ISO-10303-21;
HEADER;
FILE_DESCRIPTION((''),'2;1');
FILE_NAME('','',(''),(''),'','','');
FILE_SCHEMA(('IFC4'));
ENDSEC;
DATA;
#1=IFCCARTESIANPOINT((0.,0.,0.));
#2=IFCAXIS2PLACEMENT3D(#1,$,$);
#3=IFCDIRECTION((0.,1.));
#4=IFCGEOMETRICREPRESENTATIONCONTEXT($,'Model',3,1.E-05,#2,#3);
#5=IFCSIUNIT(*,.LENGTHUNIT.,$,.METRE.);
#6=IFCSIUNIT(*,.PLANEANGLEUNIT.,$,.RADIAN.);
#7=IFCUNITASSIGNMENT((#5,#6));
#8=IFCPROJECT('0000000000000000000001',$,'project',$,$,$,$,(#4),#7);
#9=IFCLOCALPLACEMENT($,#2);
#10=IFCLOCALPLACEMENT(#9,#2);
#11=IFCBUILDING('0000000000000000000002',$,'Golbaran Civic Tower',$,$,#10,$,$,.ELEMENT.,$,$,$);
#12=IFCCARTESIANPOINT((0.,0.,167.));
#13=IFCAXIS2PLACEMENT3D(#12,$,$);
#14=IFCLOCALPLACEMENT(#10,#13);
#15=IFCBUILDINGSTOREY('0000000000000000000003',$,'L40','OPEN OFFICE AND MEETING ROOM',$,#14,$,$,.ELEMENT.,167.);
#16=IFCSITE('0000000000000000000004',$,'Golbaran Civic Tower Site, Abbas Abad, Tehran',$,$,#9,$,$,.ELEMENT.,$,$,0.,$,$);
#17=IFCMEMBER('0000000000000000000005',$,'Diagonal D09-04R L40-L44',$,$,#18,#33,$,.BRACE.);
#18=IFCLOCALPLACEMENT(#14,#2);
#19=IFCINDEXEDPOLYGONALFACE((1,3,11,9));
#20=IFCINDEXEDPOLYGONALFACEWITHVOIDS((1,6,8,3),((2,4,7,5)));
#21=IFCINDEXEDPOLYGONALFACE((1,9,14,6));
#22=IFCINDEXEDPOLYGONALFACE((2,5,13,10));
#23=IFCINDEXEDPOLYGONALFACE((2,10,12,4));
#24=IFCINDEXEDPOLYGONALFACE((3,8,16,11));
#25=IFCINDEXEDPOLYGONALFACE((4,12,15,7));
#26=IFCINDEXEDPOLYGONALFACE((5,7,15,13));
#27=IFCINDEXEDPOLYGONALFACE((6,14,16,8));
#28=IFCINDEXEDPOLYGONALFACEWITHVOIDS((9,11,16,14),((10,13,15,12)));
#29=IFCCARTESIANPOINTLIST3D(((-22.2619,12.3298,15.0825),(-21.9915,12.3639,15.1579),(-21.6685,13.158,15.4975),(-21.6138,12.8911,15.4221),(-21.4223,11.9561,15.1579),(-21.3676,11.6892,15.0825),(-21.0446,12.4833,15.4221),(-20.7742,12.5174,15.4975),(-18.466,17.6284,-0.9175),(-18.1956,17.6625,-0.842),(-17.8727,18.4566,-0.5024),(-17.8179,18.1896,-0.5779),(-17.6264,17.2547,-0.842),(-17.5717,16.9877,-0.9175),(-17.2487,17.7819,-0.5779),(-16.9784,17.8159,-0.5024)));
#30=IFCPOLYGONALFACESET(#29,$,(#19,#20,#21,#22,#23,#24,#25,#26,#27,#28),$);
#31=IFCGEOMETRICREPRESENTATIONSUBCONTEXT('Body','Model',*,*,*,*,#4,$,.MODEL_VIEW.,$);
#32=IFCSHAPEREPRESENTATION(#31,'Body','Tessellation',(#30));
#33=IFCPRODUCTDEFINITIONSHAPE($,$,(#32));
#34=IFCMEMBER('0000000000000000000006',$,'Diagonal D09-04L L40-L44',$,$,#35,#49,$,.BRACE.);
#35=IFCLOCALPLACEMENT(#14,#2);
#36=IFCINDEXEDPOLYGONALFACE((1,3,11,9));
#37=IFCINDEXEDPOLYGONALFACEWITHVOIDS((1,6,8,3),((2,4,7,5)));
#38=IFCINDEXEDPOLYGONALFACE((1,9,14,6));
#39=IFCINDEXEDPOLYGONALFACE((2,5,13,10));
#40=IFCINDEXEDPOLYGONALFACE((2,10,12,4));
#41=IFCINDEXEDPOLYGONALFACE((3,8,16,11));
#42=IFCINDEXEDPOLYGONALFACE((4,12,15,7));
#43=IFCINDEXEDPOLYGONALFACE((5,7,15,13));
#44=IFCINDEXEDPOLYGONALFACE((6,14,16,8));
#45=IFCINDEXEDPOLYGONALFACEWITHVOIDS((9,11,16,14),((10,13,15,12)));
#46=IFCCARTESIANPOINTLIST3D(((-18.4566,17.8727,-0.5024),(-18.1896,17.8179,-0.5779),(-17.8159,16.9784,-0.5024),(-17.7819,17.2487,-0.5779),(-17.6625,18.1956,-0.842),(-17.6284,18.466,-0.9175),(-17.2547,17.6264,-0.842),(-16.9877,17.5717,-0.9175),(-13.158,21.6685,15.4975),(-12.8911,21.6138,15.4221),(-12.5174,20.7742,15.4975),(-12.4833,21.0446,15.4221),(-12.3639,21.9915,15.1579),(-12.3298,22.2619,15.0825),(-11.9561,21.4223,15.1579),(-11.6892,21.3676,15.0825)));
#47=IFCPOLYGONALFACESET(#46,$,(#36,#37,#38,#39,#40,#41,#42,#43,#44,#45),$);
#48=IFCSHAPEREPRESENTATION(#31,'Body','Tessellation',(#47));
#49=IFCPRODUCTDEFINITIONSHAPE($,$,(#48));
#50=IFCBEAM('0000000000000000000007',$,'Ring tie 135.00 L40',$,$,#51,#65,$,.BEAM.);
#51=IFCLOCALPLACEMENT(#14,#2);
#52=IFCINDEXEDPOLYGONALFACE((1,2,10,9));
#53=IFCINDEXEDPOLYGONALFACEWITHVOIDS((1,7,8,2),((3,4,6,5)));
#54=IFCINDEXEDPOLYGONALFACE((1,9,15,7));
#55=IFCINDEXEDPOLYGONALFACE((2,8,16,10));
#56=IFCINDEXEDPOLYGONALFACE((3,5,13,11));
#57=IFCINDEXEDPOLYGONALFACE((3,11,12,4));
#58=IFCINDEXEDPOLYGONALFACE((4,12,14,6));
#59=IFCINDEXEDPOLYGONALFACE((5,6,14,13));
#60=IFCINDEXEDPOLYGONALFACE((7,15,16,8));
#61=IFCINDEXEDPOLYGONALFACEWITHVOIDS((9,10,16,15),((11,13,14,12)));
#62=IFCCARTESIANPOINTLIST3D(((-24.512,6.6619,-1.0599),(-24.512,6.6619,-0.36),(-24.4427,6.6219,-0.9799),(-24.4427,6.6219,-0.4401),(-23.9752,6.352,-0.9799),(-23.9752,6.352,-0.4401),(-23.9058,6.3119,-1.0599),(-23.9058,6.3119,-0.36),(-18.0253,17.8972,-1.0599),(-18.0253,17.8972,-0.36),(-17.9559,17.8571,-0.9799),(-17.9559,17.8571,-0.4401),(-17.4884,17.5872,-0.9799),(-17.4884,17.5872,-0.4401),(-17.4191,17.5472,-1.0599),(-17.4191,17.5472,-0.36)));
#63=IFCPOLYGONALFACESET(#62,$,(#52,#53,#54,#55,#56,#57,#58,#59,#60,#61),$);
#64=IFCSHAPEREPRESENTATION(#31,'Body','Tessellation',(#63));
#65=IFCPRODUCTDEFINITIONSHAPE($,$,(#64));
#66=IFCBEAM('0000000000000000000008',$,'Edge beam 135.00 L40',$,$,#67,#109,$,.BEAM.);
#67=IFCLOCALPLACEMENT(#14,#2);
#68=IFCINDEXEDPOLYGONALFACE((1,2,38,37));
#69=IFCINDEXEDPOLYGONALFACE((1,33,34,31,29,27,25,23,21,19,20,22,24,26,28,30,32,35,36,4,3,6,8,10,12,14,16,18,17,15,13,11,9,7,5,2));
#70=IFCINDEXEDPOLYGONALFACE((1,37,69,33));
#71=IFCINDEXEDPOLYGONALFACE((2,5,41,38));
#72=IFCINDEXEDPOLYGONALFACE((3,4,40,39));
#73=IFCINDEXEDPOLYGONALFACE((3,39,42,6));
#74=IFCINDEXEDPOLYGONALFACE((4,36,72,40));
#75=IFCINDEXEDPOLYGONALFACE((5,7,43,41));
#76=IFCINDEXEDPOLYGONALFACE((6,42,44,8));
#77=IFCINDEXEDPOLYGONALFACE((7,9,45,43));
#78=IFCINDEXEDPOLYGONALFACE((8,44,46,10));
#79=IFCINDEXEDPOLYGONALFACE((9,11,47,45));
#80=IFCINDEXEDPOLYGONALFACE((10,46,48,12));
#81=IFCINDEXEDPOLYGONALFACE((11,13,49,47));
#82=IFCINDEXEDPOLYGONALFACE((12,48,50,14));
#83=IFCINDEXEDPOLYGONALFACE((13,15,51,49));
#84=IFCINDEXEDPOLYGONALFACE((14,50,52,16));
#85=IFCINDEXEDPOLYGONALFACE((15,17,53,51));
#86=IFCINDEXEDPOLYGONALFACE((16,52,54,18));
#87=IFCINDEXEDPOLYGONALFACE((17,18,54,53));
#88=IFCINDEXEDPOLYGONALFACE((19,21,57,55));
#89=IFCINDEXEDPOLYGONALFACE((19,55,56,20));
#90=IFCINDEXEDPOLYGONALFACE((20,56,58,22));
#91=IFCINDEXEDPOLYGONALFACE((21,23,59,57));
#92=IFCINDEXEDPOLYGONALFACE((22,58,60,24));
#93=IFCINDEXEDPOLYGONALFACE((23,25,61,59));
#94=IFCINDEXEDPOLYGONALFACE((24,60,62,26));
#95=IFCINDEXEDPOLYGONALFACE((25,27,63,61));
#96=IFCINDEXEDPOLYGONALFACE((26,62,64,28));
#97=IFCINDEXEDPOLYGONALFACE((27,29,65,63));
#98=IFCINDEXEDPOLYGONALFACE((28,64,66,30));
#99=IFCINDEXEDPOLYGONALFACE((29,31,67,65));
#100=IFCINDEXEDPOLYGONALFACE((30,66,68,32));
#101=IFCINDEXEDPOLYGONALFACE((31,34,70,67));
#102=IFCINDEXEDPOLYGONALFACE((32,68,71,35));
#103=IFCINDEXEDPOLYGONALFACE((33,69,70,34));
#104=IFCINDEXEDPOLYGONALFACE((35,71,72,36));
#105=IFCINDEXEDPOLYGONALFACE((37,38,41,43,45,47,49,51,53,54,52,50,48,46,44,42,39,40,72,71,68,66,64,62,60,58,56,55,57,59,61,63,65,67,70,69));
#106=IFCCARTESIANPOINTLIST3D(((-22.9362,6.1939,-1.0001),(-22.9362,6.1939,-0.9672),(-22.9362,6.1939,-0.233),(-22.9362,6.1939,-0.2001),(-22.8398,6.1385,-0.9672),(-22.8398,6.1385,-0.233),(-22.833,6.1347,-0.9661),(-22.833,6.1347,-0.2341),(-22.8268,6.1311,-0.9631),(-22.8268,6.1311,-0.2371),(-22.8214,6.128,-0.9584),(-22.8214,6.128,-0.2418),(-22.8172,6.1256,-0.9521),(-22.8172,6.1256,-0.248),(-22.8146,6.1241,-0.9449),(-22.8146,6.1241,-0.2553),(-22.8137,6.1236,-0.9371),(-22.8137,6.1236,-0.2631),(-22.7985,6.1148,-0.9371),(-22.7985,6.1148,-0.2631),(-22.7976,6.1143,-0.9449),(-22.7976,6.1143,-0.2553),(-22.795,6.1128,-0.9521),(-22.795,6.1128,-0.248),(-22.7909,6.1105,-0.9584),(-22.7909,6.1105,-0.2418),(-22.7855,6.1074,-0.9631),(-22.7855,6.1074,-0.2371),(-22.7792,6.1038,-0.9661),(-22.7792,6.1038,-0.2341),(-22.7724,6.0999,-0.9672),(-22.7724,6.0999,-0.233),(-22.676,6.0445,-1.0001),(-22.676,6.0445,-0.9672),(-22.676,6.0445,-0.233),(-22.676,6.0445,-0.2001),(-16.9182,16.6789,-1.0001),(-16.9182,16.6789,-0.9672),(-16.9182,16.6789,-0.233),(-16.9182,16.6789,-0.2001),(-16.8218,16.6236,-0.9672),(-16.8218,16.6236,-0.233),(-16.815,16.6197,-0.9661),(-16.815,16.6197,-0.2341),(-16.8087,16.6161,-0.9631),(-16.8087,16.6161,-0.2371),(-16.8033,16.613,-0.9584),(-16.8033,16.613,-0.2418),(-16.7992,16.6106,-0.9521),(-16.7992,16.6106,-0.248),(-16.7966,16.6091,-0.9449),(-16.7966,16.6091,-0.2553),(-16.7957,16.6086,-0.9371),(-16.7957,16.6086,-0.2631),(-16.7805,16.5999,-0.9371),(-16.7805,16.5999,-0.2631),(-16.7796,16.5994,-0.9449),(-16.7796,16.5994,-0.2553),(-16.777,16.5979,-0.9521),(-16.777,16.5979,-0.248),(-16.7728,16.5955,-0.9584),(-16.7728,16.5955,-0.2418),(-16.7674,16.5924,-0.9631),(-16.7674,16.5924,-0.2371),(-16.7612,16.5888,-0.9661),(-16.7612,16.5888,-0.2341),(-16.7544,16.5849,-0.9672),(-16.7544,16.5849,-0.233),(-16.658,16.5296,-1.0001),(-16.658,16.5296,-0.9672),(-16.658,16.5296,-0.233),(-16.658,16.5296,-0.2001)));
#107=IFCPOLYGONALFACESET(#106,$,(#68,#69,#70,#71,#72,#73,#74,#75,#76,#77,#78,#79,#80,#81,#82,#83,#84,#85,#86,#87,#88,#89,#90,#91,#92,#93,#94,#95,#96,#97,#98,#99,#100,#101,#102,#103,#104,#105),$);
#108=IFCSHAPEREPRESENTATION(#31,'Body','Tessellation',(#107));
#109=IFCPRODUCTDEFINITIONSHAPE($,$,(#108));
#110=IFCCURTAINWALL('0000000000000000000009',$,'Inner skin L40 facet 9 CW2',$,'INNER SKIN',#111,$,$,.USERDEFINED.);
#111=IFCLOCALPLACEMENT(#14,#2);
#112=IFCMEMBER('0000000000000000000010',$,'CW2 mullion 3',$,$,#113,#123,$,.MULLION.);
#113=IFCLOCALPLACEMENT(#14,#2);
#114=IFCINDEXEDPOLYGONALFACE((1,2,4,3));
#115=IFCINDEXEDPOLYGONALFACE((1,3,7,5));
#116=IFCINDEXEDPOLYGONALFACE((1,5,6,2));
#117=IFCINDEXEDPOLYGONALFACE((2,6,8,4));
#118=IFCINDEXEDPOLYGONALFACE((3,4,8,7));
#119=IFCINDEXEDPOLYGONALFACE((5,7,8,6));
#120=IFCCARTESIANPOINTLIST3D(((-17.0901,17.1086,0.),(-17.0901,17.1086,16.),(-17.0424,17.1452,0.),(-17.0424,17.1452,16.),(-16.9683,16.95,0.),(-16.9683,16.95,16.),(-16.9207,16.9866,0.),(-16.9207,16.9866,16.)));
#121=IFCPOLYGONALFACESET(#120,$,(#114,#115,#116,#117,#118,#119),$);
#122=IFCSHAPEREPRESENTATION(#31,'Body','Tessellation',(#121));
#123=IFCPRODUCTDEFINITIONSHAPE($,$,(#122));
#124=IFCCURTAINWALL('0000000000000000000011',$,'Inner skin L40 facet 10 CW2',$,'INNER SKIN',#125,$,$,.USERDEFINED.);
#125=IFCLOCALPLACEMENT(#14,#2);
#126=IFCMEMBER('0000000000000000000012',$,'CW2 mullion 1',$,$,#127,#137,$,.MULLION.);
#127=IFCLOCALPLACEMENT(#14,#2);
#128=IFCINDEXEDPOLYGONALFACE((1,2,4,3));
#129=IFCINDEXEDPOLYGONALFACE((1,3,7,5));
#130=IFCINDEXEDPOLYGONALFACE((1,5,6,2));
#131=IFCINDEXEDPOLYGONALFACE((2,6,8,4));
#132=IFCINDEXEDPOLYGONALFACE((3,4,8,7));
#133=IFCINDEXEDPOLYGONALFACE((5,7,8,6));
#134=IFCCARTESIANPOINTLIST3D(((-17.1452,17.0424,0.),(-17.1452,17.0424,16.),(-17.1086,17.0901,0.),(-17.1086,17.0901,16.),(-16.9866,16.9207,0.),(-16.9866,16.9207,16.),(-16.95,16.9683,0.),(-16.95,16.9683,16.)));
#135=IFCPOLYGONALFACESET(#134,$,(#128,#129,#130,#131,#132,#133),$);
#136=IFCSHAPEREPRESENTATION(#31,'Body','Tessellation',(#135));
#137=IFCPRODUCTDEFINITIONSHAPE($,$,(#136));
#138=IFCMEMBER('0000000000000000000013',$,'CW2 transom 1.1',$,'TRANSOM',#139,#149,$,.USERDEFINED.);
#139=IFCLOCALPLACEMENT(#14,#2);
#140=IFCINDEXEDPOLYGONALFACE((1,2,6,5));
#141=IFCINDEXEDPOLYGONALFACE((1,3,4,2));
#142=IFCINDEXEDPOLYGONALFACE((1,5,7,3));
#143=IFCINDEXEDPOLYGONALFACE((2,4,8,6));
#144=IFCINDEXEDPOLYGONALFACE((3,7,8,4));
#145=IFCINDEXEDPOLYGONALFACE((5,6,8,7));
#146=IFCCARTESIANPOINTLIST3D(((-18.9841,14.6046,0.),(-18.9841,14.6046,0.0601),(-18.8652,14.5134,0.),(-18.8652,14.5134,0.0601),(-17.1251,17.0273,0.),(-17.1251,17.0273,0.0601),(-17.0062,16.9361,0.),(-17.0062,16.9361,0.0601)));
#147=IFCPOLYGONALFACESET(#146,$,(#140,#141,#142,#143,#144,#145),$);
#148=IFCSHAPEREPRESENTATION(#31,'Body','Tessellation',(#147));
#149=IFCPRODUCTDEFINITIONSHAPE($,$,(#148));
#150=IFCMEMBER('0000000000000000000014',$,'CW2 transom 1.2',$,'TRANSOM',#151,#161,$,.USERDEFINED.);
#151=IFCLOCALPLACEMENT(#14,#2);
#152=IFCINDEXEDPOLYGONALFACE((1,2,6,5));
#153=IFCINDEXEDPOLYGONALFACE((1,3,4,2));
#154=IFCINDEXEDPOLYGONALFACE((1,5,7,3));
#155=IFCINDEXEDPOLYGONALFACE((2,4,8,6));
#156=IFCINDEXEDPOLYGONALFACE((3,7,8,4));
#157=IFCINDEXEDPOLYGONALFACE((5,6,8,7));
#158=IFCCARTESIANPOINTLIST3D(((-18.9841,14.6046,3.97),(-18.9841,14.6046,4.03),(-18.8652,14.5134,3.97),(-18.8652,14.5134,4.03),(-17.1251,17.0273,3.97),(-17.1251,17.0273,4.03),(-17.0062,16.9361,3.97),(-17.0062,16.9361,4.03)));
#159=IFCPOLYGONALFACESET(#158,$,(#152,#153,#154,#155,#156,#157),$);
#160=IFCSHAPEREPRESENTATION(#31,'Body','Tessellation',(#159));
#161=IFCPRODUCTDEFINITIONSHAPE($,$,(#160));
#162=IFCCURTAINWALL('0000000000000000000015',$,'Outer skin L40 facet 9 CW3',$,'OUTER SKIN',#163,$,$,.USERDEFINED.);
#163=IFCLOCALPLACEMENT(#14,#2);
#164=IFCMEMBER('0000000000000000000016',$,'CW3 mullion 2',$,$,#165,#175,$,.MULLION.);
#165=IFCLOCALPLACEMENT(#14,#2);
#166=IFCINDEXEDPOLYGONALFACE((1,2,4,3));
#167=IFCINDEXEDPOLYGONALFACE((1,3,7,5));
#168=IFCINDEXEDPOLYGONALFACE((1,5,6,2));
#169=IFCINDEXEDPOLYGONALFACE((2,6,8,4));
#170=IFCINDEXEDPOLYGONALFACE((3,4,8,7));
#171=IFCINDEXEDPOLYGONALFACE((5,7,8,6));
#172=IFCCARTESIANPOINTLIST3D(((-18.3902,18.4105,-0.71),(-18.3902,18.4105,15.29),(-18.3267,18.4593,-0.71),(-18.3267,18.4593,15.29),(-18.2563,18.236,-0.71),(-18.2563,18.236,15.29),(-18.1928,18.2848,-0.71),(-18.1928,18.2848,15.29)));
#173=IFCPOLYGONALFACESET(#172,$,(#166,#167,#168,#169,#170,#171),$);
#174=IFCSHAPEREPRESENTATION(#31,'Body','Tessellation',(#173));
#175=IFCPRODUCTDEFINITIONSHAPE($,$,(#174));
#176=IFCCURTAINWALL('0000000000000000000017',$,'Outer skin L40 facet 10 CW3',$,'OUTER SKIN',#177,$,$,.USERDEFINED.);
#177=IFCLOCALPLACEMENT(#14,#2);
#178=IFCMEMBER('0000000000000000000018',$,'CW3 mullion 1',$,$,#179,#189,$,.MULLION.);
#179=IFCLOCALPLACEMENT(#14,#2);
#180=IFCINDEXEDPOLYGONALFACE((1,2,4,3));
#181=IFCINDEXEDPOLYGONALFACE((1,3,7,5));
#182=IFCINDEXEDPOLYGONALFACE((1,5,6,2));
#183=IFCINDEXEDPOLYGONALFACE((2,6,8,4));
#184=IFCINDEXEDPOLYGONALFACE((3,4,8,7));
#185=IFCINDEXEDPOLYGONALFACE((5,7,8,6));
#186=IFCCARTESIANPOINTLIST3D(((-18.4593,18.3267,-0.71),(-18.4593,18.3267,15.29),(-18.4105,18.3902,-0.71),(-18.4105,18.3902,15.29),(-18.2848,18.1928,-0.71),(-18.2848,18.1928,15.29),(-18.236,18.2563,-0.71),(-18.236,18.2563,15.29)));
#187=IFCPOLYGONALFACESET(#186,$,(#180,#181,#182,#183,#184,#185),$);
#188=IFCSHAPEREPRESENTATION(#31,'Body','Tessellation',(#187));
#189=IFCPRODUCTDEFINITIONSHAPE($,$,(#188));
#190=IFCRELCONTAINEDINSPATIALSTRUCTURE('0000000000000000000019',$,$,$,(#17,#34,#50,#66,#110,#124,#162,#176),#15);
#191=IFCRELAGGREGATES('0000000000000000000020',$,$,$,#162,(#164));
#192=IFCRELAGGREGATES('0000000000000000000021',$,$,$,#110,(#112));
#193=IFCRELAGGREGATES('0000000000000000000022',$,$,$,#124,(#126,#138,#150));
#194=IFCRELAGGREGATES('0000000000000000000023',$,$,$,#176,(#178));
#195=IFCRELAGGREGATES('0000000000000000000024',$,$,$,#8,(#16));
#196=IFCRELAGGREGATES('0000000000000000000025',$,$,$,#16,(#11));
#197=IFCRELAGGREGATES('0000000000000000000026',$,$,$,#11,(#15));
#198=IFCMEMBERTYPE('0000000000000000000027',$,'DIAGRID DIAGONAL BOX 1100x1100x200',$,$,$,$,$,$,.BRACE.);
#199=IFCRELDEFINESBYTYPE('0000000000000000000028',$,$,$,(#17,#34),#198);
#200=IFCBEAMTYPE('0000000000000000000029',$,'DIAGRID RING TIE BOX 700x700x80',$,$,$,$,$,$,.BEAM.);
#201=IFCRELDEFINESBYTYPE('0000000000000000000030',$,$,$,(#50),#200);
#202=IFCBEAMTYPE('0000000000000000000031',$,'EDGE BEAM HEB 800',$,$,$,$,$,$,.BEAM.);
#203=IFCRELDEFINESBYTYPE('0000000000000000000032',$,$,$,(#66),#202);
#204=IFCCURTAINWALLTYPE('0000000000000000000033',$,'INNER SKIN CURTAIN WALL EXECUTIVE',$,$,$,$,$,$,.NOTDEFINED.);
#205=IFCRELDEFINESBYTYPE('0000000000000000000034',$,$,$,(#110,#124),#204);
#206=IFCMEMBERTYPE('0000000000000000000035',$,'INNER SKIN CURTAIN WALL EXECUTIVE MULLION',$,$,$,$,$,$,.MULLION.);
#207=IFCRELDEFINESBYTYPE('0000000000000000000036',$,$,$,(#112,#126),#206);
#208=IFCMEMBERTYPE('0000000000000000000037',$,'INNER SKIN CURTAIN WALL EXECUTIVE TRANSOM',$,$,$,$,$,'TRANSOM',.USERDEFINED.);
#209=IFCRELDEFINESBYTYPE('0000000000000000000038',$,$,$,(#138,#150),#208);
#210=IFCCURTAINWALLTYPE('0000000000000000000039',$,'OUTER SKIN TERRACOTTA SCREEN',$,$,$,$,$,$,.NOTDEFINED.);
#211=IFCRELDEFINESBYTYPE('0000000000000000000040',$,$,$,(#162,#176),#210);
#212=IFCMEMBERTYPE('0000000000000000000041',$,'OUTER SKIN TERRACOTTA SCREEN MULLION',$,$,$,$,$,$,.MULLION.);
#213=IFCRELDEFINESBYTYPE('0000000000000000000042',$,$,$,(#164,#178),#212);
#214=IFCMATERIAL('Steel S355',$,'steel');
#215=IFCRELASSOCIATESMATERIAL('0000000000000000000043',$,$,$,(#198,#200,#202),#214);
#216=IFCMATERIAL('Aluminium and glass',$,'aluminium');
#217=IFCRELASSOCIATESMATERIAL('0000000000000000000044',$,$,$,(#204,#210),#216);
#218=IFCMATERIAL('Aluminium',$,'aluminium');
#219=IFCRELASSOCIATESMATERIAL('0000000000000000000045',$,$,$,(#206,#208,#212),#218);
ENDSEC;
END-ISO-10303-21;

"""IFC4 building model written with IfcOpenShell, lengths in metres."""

from ifc_helpers import new_model, si_unit, direction, frame, origin, origin_2d, place, context, subcontext, project, spatial, rectangle, hollow_rectangle, i_section, extrude, material, material_profile, profile_set, type_object, element, aggregate, save


model = new_model("IFC4")

# Units and contexts
model_context = context("Model", 3, precision=1e-05, world=origin(), true_north=direction((0.0, 1.0)))
body_context = subcontext(model_context, "Body", "Model", "MODEL_VIEW")
ifc_project = project(units=[si_unit("LENGTHUNIT", "METRE"), si_unit("PLANEANGLEUNIT", "RADIAN")], contexts=[model_context])

# Site, building, storey
site_placement = place(None, origin())
site = spatial("IfcSite", under=ifc_project, at=site_placement, Name="Golbaran Civic Tower Site, Abbas Abad, Tehran", CompositionType="ELEMENT", RefElevation=0.0)
building_placement = place(site_placement, origin())
building = spatial("IfcBuilding", under=site, at=building_placement, Name="Golbaran Civic Tower", CompositionType="ELEMENT")
storey_placement = place(building_placement, frame((0.0, 0.0, 167.0)))
storey = spatial("IfcBuildingStorey", under=building, at=storey_placement, Name="L40", Description="OPEN OFFICE AND MEETING ROOM", CompositionType="ELEMENT", Elevation=167.0)

# Members
ifc_material_1 = material(Name="Steel S355", Category="steel")
ifc_material_profile_1 = material_profile(ifc_material_1, hollow_rectangle(XDim=1.1001, YDim=1.1001, WallThickness=0.2, at=origin_2d()), Name="BOX 1100x1100x200")
ifc_profile_set_1 = profile_set([ifc_material_profile_1], Name="Steel S355")
member_type_1 = type_object("IfcMemberType", Name="DIAGRID DIAGONAL BOX 1100x1100x200", PredefinedType="BRACE", material=ifc_profile_set_1)
for number, where, z_axis, x_axis, name in (
    (1, (-17.7222, 17.7222, -0.71), (-0.219712, -0.30669, 0.926104), (0.81292, -0.582375, 0.0), "Diagonal D09-04R L40-L44"),
    (2, (-17.7222, 17.7222, -0.71), (0.30669, 0.219712, 0.926104), (-0.582375, 0.81292, 0.0), "Diagonal D09-04L L40-L44"),
):
    element("IfcMember", number, at=place(storey_placement, frame(where, z_axis=z_axis, x_axis=x_axis)), inside=storey, type_object=member_type_1, Name=name, PredefinedType="BRACE", context=body_context, shape_type="SweptSolid", body=[
        extrude(hollow_rectangle(XDim=1.1001, YDim=1.1001, WallThickness=0.2, at=origin_2d()), origin(), (0.0, 0.0, 1.0), 17.2766),
    ])

# Beams
ifc_material_profile_2 = material_profile(ifc_material_1, hollow_rectangle(XDim=0.7, YDim=0.7, WallThickness=0.0801, at=origin_2d()), Name="BOX 700x700x80")
ifc_profile_set_2 = profile_set([ifc_material_profile_2], Name="Steel S355")
beam_type_1 = type_object("IfcBeamType", Name="DIAGRID RING TIE BOX 700x700x80", PredefinedType="BEAM", material=ifc_profile_set_2)
beam_1_placement = place(storey_placement, frame((-17.7222, 17.7222, -0.71), z_axis=(-0.500005, -0.866023, 0.0), x_axis=(0.866023, -0.500005, 0.0)))
element("IfcBeam", 3, at=beam_1_placement, inside=storey, type_object=beam_type_1, Name="Ring tie 135.00 L40", PredefinedType="BEAM", context=body_context, shape_type="SweptSolid", body=[
    extrude(hollow_rectangle(XDim=0.7, YDim=0.7, WallThickness=0.0801, at=origin_2d()), origin(), (0.0, 0.0, 1.0), 12.9734),
])
ifc_material_profile_3 = material_profile(ifc_material_1, i_section(OverallWidth=0.3, OverallDepth=0.8, WebThickness=0.0176, FlangeThickness=0.033, FilletRadius=0.03, at=origin_2d()), Name="HEB 800")
ifc_profile_set_3 = profile_set([ifc_material_profile_3], Name="Steel S355")
beam_type_2 = type_object("IfcBeamType", Name="EDGE BEAM HEB 800", PredefinedType="BEAM", material=ifc_profile_set_3)
beam_2_placement = place(storey_placement, frame((-16.7881, 16.6042, -0.6001), z_axis=(-0.497795, -0.867295, 0.0), x_axis=(0.867295, -0.497795, 0.0)))
element("IfcBeam", 4, at=beam_2_placement, inside=storey, type_object=beam_type_2, Name="Edge beam 135.00 L40", PredefinedType="BEAM", context=body_context, shape_type="SweptSolid", body=[
    extrude(i_section(OverallWidth=0.3, OverallDepth=0.8, WebThickness=0.0176, FlangeThickness=0.033, FilletRadius=0.03, at=origin_2d()), origin(), (0.0, 0.0, 1.0), 12.0894),
])

# Curtain wall, member
ifc_material_2 = material(Name="Aluminium and glass", Category="aluminium")
curtain_wall_type_1 = type_object("IfcCurtainWallType", Name="INNER SKIN CURTAIN WALL EXECUTIVE", PredefinedType="NOTDEFINED", material=ifc_material_2)
curtain_wall_1_placement = place(storey_placement, origin())
curtain_wall_1 = element("IfcCurtainWall", 5, at=curtain_wall_1_placement, inside=storey, type_object=curtain_wall_type_1, Name="Inner skin L40 facet 9 CW2", ObjectType="INNER SKIN", PredefinedType="USERDEFINED")
ifc_material_3 = material(Name="Aluminium", Category="aluminium")
ifc_material_profile_4 = material_profile(ifc_material_3, rectangle(XDim=0.2, YDim=0.0601, at=origin_2d()), Name="INNER SKIN CURTAIN WALL EXECUTIVE MULLION")
ifc_profile_set_4 = profile_set([ifc_material_profile_4], Name="Aluminium")
member_type_2 = type_object("IfcMemberType", Name="INNER SKIN CURTAIN WALL EXECUTIVE MULLION", PredefinedType="MULLION", material=ifc_profile_set_4)
member_1_placement = place(storey_placement, frame((-17.0054, 17.0476, 0.0), z_axis=(0.0, 0.0, 1.0), x_axis=(0.608761, -0.793353, 0.0)))
member_1 = element("IfcMember", 6, at=member_1_placement, type_object=member_type_2, Name="CW2 mullion 3", PredefinedType="MULLION", context=body_context, shape_type="SweptSolid", body=[
    extrude(rectangle(XDim=0.2, YDim=0.0601, at=origin_2d()), origin(), (0.0, 0.0, 1.0), 16.0),
])

# Curtain wall, members
curtain_wall_2_placement = place(storey_placement, origin())
curtain_wall_2 = element("IfcCurtainWall", 7, at=curtain_wall_2_placement, inside=storey, type_object=curtain_wall_type_1, Name="Inner skin L40 facet 10 CW2", ObjectType="INNER SKIN", PredefinedType="USERDEFINED")
member_2_placement = place(storey_placement, frame((-17.0476, 17.0054, 0.0), z_axis=(0.0, 0.0, 1.0), x_axis=(0.793353, -0.608761, 0.0)))
member_2 = element("IfcMember", 8, at=member_2_placement, type_object=member_type_2, Name="CW2 mullion 1", PredefinedType="MULLION", context=body_context, shape_type="SweptSolid", body=[
    extrude(rectangle(XDim=0.2, YDim=0.0601, at=origin_2d()), origin(), (0.0, 0.0, 1.0), 16.0),
])
ifc_material_profile_5 = material_profile(ifc_material_3, rectangle(XDim=0.1499, YDim=0.0601, at=origin_2d()), Name="INNER SKIN CURTAIN WALL EXECUTIVE TRANSOM")
ifc_profile_set_5 = profile_set([ifc_material_profile_5], Name="Aluminium")
member_type_3 = type_object("IfcMemberType", Name="INNER SKIN CURTAIN WALL EXECUTIVE TRANSOM", ElementType="TRANSOM", PredefinedType="USERDEFINED", material=ifc_profile_set_5)
member_3_placement = place(storey_placement, frame((-17.0657, 16.9817, 0.03), z_axis=(-0.608752, -0.793361, 0.0), x_axis=(0.793361, -0.608752, 0.0)))
member_3 = element("IfcMember", 9, at=member_3_placement, type_object=member_type_3, Name="CW2 transom 1.1", ObjectType="TRANSOM", PredefinedType="USERDEFINED", context=body_context, shape_type="SweptSolid", body=[
    extrude(rectangle(XDim=0.1499, YDim=0.0601, at=origin_2d()), origin(), (0.0, 0.0, 1.0), 3.0537),
])
member_4_placement = place(storey_placement, frame((-17.0657, 16.9817, 4.0), z_axis=(-0.608752, -0.793361, 0.0), x_axis=(0.793361, -0.608752, 0.0)))
member_4 = element("IfcMember", 10, at=member_4_placement, type_object=member_type_3, Name="CW2 transom 1.2", ObjectType="TRANSOM", PredefinedType="USERDEFINED", context=body_context, shape_type="SweptSolid", body=[
    extrude(rectangle(XDim=0.1499, YDim=0.0601, at=origin_2d()), origin(), (0.0, 0.0, 1.0), 3.0537),
])

# Curtain wall, member
curtain_wall_type_2 = type_object("IfcCurtainWallType", Name="OUTER SKIN TERRACOTTA SCREEN", PredefinedType="NOTDEFINED", material=ifc_material_2)
curtain_wall_3_placement = place(storey_placement, origin())
curtain_wall_3 = element("IfcCurtainWall", 11, at=curtain_wall_3_placement, inside=storey, type_object=curtain_wall_type_2, Name="Outer skin L40 facet 9 CW3", ObjectType="OUTER SKIN", PredefinedType="USERDEFINED")
ifc_material_profile_6 = material_profile(ifc_material_3, rectangle(XDim=0.22, YDim=0.0801, at=origin_2d()), Name="OUTER SKIN TERRACOTTA SCREEN MULLION")
ifc_profile_set_6 = profile_set([ifc_material_profile_6], Name="Aluminium")
member_type_4 = type_object("IfcMemberType", Name="OUTER SKIN TERRACOTTA SCREEN MULLION", PredefinedType="MULLION", material=ifc_profile_set_6)
member_5_placement = place(storey_placement, frame((-18.2915, 18.3477, -0.71), z_axis=(0.0, 0.0, 1.0), x_axis=(0.608761, -0.793353, 0.0)))
member_5 = element("IfcMember", 12, at=member_5_placement, type_object=member_type_4, Name="CW3 mullion 2", PredefinedType="MULLION", context=body_context, shape_type="SweptSolid", body=[
    extrude(rectangle(XDim=0.22, YDim=0.0801, at=origin_2d()), origin(), (0.0, 0.0, 1.0), 16.0),
])
aggregate(curtain_wall_3, [member_5])

# Curtain wall, member
curtain_wall_4_placement = place(storey_placement, origin())
curtain_wall_4 = element("IfcCurtainWall", 13, at=curtain_wall_4_placement, inside=storey, type_object=curtain_wall_type_2, Name="Outer skin L40 facet 10 CW3", ObjectType="OUTER SKIN", PredefinedType="USERDEFINED")
member_6_placement = place(storey_placement, frame((-18.3477, 18.2915, -0.71), z_axis=(0.0, 0.0, 1.0), x_axis=(0.793353, -0.608761, 0.0)))
member_6 = element("IfcMember", 14, at=member_6_placement, type_object=member_type_4, Name="CW3 mullion 1", PredefinedType="MULLION", context=body_context, shape_type="SweptSolid", body=[
    extrude(rectangle(XDim=0.22, YDim=0.0801, at=origin_2d()), origin(), (0.0, 0.0, 1.0), 16.0),
])

aggregate(curtain_wall_1, [member_1])
aggregate(curtain_wall_2, [member_2, member_3, member_4])
aggregate(curtain_wall_4, [member_6])

save(model, "model.ifc")
